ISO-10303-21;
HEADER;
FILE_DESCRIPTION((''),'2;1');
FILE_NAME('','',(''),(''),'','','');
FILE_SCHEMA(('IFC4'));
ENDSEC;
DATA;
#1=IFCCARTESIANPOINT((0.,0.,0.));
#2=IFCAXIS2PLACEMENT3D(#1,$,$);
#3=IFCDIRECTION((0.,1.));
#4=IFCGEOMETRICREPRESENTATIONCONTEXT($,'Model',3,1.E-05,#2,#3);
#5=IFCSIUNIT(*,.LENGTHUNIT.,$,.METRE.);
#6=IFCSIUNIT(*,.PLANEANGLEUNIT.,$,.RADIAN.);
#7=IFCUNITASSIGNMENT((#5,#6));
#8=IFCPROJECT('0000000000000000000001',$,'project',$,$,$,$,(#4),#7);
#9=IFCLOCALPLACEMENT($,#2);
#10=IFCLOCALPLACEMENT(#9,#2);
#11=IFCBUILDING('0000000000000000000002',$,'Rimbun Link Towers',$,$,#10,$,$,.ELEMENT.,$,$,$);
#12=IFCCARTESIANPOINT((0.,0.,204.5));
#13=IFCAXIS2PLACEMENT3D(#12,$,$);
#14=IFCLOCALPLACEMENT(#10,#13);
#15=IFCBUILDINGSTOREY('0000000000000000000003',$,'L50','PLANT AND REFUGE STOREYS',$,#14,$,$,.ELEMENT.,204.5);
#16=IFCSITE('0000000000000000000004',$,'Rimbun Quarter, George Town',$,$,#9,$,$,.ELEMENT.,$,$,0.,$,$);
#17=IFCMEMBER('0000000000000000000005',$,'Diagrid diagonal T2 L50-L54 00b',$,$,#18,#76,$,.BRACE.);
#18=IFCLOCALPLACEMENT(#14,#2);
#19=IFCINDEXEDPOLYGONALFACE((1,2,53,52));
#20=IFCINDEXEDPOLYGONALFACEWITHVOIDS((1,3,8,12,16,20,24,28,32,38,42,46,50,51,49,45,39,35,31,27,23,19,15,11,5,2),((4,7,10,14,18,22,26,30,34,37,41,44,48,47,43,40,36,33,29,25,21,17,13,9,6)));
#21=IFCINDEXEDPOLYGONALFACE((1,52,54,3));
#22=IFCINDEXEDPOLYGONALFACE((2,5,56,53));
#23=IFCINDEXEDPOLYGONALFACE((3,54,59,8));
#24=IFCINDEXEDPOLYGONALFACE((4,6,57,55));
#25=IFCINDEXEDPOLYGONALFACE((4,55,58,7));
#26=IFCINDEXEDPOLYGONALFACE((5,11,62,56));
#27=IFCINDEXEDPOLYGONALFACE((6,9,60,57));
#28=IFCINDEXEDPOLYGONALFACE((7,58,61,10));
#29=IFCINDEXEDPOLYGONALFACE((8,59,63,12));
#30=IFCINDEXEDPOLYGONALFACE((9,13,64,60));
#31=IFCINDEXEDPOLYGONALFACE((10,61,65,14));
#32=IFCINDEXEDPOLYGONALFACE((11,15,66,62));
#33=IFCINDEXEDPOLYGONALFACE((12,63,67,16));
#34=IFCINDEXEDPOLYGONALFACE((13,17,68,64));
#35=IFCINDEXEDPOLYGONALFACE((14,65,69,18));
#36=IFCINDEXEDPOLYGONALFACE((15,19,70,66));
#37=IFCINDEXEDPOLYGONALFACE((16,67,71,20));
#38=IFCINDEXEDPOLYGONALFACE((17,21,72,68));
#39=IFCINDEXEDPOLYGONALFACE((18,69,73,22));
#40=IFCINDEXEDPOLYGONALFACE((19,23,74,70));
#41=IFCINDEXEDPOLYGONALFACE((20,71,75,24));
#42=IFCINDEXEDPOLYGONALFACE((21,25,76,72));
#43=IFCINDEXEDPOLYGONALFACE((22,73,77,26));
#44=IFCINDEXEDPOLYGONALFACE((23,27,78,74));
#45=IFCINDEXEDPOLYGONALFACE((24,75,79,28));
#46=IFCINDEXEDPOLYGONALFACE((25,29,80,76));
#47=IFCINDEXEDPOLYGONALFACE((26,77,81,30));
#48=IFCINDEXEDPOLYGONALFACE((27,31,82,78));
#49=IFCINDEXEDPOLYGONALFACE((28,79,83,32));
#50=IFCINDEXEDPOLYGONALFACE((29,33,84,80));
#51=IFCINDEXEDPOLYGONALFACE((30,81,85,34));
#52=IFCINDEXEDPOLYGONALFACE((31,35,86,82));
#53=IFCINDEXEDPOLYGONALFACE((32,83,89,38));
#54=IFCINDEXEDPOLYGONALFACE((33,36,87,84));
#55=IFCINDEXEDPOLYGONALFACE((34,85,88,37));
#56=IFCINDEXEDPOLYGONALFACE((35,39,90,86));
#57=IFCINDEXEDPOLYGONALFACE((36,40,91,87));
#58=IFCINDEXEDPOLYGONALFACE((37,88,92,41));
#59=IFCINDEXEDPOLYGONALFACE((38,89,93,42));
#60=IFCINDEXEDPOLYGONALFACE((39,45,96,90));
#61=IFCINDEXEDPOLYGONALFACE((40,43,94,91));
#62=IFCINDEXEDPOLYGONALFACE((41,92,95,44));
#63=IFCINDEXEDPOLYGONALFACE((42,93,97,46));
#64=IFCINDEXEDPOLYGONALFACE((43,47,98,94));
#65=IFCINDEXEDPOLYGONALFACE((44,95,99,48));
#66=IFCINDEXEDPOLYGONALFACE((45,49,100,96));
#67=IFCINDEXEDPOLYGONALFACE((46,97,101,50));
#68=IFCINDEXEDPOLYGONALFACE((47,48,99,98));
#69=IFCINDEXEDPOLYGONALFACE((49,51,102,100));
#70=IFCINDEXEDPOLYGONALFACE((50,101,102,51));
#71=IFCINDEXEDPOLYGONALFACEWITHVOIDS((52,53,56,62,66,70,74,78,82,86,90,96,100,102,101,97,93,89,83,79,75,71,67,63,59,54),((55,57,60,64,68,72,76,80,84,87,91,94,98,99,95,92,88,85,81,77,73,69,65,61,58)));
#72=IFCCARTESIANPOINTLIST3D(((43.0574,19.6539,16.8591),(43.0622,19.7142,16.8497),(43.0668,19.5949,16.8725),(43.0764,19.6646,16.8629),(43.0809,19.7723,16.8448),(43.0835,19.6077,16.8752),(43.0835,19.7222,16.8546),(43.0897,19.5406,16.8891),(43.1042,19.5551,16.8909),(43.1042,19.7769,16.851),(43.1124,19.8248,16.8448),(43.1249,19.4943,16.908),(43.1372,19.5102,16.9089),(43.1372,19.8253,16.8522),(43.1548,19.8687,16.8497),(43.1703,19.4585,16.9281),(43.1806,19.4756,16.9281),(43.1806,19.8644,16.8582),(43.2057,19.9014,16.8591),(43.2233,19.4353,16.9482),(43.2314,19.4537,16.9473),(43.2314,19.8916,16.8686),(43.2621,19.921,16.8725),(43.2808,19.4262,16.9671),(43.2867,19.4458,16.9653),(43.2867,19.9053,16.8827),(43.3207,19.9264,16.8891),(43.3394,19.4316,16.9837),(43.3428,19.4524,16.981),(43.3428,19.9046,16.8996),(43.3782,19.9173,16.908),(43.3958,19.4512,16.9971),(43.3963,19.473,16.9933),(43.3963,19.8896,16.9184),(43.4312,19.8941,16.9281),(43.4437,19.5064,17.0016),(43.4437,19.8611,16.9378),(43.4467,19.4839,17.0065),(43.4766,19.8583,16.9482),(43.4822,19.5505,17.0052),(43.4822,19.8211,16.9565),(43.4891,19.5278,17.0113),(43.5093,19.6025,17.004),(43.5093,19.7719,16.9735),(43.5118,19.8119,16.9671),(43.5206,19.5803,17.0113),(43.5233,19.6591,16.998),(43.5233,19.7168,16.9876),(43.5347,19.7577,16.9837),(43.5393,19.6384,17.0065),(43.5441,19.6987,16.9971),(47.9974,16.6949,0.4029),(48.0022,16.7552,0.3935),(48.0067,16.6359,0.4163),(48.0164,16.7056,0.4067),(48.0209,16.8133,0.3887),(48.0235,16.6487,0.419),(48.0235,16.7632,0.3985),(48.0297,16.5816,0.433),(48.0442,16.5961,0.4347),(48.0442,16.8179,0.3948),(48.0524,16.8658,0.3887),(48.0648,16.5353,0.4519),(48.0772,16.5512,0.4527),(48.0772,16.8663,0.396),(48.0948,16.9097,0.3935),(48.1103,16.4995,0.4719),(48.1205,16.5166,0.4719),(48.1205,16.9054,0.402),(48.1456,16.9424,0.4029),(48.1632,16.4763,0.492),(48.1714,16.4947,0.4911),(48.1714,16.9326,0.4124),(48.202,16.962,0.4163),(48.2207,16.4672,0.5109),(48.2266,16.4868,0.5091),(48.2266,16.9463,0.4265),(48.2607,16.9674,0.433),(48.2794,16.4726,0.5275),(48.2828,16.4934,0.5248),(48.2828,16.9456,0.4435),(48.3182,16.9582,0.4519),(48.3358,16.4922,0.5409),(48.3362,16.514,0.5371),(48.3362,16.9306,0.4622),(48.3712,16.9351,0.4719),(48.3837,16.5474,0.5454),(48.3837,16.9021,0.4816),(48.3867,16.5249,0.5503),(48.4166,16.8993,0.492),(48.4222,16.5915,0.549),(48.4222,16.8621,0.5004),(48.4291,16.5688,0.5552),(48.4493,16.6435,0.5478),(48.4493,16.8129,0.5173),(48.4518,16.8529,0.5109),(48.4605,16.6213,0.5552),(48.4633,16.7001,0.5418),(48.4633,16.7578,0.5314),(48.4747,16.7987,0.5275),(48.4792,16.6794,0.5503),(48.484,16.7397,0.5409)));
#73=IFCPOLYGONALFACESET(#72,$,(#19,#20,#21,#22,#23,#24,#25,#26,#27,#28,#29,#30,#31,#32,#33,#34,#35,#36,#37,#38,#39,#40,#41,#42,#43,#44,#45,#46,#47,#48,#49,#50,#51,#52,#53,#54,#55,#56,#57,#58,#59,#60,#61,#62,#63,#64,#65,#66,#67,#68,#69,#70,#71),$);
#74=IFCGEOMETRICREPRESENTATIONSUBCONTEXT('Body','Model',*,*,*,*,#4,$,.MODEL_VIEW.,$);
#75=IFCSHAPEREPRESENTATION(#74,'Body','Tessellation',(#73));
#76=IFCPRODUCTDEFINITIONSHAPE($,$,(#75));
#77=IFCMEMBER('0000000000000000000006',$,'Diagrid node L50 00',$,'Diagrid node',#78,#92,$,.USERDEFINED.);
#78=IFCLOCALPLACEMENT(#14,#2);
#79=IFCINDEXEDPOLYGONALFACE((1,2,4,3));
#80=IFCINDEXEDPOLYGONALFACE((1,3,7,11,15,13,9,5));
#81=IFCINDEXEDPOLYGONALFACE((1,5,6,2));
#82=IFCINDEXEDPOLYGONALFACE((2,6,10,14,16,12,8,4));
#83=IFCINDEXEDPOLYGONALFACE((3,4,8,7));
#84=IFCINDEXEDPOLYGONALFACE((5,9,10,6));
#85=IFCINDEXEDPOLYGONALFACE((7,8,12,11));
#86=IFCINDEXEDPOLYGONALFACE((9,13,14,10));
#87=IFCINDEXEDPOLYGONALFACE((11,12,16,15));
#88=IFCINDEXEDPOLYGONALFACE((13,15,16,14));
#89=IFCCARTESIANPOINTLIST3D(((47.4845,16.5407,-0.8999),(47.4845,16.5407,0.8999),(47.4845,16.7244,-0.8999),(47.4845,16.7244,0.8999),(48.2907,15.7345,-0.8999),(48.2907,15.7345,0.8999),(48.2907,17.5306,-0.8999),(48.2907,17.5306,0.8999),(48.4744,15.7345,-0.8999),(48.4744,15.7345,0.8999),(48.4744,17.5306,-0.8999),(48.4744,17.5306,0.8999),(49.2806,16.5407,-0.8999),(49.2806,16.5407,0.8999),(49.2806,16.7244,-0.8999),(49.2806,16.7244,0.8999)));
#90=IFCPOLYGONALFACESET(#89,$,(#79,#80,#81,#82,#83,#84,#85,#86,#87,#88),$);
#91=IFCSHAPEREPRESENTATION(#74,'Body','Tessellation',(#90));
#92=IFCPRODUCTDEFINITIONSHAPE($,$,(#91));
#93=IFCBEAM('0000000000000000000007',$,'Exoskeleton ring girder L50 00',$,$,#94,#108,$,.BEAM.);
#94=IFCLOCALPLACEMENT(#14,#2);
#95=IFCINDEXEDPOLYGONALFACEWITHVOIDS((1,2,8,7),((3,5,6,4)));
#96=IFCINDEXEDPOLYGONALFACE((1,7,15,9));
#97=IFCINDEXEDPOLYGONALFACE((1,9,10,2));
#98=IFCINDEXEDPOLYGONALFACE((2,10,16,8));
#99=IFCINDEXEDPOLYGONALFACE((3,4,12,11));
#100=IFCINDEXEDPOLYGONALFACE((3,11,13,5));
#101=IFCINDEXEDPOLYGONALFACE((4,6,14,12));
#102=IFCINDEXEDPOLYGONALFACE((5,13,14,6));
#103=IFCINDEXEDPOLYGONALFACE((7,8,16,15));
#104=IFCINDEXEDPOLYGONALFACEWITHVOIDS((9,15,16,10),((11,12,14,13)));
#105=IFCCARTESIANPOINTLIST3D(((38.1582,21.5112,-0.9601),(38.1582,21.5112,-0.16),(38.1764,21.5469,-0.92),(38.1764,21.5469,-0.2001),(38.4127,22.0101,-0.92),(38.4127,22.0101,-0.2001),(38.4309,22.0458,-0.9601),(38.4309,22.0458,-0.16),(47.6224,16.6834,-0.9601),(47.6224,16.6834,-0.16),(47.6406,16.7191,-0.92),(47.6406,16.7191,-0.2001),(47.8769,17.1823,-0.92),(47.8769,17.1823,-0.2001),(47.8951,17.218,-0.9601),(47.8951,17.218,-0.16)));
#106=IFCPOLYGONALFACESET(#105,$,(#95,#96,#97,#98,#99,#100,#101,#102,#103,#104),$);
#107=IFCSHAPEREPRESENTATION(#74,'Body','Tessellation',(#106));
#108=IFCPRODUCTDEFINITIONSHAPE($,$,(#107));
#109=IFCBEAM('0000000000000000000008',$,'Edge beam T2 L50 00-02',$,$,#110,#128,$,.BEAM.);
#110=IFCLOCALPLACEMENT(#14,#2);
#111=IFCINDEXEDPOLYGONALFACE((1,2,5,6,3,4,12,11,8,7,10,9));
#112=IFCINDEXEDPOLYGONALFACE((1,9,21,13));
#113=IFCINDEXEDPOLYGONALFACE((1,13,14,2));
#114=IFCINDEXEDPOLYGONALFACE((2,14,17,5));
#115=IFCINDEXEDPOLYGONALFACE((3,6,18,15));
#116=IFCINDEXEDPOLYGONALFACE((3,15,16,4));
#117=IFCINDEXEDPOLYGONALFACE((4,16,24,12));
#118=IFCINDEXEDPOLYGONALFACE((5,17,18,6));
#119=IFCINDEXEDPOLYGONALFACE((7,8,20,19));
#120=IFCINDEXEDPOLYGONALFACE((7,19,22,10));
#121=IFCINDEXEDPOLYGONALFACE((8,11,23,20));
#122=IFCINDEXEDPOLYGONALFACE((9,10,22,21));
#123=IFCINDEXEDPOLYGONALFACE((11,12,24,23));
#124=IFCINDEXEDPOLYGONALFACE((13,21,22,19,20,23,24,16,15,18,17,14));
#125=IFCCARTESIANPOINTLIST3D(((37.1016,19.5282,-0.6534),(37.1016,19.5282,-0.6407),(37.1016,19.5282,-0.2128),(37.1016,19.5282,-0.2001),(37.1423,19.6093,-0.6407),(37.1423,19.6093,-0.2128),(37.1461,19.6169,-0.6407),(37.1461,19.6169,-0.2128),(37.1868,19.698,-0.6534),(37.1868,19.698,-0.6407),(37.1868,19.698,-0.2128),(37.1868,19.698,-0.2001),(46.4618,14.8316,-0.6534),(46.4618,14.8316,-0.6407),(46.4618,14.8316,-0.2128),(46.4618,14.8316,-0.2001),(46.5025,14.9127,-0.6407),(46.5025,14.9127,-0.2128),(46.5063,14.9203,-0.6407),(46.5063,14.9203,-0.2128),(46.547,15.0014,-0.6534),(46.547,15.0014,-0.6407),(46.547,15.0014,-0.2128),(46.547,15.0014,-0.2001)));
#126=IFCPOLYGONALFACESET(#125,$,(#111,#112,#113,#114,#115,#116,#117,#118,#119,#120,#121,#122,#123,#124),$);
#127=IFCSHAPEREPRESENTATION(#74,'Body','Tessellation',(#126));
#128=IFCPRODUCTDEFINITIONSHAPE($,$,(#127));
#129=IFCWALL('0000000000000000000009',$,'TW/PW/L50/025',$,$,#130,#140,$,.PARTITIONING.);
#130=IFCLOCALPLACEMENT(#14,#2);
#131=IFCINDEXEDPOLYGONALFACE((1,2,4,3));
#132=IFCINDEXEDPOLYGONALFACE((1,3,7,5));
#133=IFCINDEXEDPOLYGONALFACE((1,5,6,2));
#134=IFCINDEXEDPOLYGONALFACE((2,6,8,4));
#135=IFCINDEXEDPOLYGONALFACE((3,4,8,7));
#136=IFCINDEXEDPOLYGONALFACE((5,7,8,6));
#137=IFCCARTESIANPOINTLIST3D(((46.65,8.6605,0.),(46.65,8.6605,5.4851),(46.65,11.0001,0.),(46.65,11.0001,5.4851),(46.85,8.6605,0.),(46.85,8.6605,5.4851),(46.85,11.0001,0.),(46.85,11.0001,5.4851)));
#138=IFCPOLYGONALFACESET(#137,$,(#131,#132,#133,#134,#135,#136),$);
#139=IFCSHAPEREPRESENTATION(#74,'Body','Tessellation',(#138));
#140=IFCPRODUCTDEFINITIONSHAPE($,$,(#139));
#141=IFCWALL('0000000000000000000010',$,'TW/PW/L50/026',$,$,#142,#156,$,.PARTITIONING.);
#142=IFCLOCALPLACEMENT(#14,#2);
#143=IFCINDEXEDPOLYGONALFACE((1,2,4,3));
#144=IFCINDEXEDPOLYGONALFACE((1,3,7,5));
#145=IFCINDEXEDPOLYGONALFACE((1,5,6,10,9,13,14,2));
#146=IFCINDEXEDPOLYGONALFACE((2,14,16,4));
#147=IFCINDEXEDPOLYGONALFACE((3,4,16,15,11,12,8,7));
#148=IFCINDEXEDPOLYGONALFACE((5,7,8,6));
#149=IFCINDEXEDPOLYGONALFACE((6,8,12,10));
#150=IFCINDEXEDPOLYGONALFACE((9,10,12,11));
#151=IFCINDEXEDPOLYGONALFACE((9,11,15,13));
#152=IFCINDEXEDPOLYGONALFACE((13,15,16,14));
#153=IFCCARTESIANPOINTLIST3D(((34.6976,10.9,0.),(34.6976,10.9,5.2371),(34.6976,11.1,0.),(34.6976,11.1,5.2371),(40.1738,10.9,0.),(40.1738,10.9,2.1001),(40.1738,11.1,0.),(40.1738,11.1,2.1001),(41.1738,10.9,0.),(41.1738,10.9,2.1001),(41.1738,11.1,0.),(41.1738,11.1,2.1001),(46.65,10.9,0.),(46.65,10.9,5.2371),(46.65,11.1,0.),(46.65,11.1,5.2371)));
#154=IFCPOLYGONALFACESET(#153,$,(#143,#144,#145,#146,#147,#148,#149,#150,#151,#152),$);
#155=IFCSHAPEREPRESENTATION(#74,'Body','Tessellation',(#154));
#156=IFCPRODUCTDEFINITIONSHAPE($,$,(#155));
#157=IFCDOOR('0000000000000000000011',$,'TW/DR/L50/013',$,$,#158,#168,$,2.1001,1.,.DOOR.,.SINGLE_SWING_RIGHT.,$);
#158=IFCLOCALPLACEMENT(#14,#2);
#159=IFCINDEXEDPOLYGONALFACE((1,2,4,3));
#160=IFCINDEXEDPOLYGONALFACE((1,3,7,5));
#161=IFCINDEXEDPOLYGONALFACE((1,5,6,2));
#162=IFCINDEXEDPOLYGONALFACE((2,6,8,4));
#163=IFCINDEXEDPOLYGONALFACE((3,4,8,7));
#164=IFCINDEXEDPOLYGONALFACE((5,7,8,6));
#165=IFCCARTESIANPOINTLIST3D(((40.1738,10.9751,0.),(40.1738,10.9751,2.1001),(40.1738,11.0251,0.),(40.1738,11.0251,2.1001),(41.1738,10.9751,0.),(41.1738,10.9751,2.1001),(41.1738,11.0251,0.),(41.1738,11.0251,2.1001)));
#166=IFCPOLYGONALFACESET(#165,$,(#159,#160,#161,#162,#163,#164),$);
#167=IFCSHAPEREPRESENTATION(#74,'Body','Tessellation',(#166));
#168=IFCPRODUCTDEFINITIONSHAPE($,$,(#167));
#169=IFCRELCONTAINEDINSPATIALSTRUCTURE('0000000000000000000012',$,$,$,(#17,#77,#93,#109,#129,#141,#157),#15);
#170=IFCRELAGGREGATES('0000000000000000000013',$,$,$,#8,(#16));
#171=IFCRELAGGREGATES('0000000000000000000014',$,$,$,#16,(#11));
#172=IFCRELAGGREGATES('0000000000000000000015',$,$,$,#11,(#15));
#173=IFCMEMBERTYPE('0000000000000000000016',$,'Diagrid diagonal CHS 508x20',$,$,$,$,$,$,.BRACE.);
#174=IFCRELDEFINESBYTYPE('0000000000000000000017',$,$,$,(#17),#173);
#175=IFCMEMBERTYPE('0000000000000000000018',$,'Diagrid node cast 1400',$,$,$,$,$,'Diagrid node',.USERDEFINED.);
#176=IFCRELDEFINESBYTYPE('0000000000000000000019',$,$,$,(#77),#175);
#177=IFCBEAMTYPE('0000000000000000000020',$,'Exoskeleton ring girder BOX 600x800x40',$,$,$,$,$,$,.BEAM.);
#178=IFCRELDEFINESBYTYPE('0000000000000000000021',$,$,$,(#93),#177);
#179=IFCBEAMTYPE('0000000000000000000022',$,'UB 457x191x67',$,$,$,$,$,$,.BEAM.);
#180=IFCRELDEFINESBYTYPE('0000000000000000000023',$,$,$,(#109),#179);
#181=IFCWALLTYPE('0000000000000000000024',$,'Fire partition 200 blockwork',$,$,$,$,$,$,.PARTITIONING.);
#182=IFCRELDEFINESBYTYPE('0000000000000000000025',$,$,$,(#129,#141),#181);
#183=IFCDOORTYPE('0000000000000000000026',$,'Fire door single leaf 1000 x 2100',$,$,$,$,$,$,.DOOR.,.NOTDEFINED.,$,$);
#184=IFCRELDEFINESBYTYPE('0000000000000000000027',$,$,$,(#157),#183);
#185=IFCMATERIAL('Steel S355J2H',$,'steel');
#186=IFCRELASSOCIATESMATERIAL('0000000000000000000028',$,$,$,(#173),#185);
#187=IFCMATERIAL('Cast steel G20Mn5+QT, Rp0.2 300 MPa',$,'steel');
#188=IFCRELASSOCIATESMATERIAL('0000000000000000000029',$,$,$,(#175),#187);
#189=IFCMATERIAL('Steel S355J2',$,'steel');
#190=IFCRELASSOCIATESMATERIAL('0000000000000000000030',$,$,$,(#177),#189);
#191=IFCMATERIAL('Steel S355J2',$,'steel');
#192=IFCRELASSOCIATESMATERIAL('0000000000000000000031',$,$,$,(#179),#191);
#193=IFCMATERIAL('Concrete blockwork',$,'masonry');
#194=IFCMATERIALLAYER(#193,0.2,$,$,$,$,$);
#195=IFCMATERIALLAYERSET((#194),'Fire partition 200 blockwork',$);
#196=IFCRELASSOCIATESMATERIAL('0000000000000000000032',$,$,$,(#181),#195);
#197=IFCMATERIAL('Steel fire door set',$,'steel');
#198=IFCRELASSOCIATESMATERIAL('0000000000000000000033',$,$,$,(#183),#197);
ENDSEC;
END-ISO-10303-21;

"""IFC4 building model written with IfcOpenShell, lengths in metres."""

from ifc_helpers import new_model, si_unit, direction, frame, frame_2d, origin, origin_2d, place, context, subcontext, project, spatial, polyline, rectangle, hollow_rectangle, hollow_circle, i_section, outline, extrude, material, layer, layer_set, material_profile, profile_set, type_object, element, fill, save


model = new_model("IFC4")

# Units and contexts
model_context = context("Model", 3, precision=1e-05, world=origin(), true_north=direction((0.0, 1.0)))
body_context = subcontext(model_context, "Body", "Model", "MODEL_VIEW")
ifc_project = project(units=[si_unit("LENGTHUNIT", "METRE"), si_unit("PLANEANGLEUNIT", "RADIAN")], contexts=[model_context])

# Site, building, storey
site_placement = place(None, origin())
site = spatial("IfcSite", under=ifc_project, at=site_placement, Name="Rimbun Quarter, George Town", CompositionType="ELEMENT", RefElevation=0.0)
building_placement = place(site_placement, origin())
building = spatial("IfcBuilding", under=site, at=building_placement, Name="Rimbun Link Towers", CompositionType="ELEMENT")
storey_placement = place(building_placement, frame((0.0, 0.0, 204.5)))
storey = spatial("IfcBuildingStorey", under=building, at=storey_placement, Name="L50", Description="PLANT AND REFUGE STOREYS", CompositionType="ELEMENT", Elevation=204.5)

# Members
ifc_material_1 = material(Name="Steel S355J2H", Category="steel")
ifc_material_profile_1 = material_profile(ifc_material_1, hollow_circle(Radius=0.2539, WallThickness=0.02, at=origin_2d()), Name="Diagrid diagonal CHS 508x20")
ifc_profile_set_1 = profile_set([ifc_material_profile_1], Name="Steel S355J2H")
member_type_1 = type_object("IfcMemberType", Name="Diagrid diagonal CHS 508x20", PredefinedType="BRACE", material=ifc_profile_set_1)
for number, where, z_axis, x_axis, name in (
    (1, (48.2407, 16.7173, 0.4719), (-0.283344, 0.16972, 0.943881), (-0.51386, -0.857874, 0.0), "Diagrid diagonal T2 L50-L54 00b"),
):
    element("IfcMember", number, at=place(storey_placement, frame(where, z_axis=z_axis, x_axis=x_axis)), inside=storey, type_object=member_type_1, Name=name, PredefinedType="BRACE", context=body_context, shape_type="SweptSolid", body=[
        extrude(hollow_circle(Radius=0.2539, WallThickness=0.02, at=origin_2d()), origin(), (0.0, 0.0, 1.0), 17.4346),
    ])
ifc_material_2 = material(Name="Cast steel G20Mn5+QT, Rp0.2 300 MPa", Category="steel")
ifc_material_profile_2 = material_profile(ifc_material_2, outline(polyline([(0.7, -0.5701), (0.7, 0.5701), (0.5701, 0.7), (-0.5701, 0.7), (-0.7, 0.5701), (-0.7, -0.5701), (-0.5701, -0.7), (0.5701, -0.7), (0.7, -0.5701)])), Name="NODE 1400x1400")
ifc_profile_set_2 = profile_set([ifc_material_profile_2], Name="Cast steel G20Mn5+QT, Rp0.2 300 MPa")
member_type_2 = type_object("IfcMemberType", Name="Diagrid node cast 1400", ElementType="Diagrid node", PredefinedType="USERDEFINED", material=ifc_profile_set_2)
member_1_placement = place(storey_placement, frame((48.3826, 16.6326, -0.8999), z_axis=(0.0, 0.0, 1.0), x_axis=(0.707107, 0.707107, 0.0)))
element("IfcMember", 2, at=member_1_placement, inside=storey, type_object=member_type_2, Name="Diagrid node L50 00", ObjectType="Diagrid node", PredefinedType="USERDEFINED", context=body_context, shape_type="SweptSolid", body=[
    extrude(outline(polyline([(0.7, -0.5701), (0.7, 0.5701), (0.5701, 0.7), (-0.5701, 0.7), (-0.7, 0.5701), (-0.7, -0.5701), (-0.5701, -0.7), (0.5701, -0.7), (0.7, -0.5701)])), origin(), (0.0, 0.0, 1.0), 1.7998),
])

# Beams
ifc_material_3 = material(Name="Steel S355J2", Category="steel")
ifc_material_profile_3 = material_profile(ifc_material_3, hollow_rectangle(XDim=0.6001, YDim=0.8, WallThickness=0.04, at=origin_2d()), Name="Exoskeleton ring girder BOX 600x800x40")
ifc_profile_set_3 = profile_set([ifc_material_profile_3], Name="Steel S355J2")
beam_type_1 = type_object("IfcBeamType", Name="Exoskeleton ring girder BOX 600x800x40", PredefinedType="BEAM", material=ifc_profile_set_3)
beam_1_placement = place(storey_placement, frame((47.7588, 16.9507, -0.5601), z_axis=(-0.890795, 0.454405, 0.0), x_axis=(-0.454405, -0.890795, 0.0)))
element("IfcBeam", 3, at=beam_1_placement, inside=storey, type_object=beam_type_1, Name="Exoskeleton ring girder L50 00", PredefinedType="BEAM", context=body_context, shape_type="SweptSolid", body=[
    extrude(hollow_rectangle(XDim=0.6001, YDim=0.8, WallThickness=0.04, at=origin_2d()), origin(), (0.0, 0.0, 1.0), 10.6245),
])
ifc_material_4 = material(Name="Steel S355J2", Category="steel")
ifc_material_profile_4 = material_profile(ifc_material_4, i_section(OverallWidth=0.1899, OverallDepth=0.4534, WebThickness=0.0085, FlangeThickness=0.0127, at=origin_2d()), Name="UB 457x191x67")
ifc_profile_set_4 = profile_set([ifc_material_profile_4], Name="Steel S355J2")
beam_type_2 = type_object("IfcBeamType", Name="UB 457x191x67", PredefinedType="BEAM", material=ifc_profile_set_4)
beam_2_placement = place(storey_placement, frame((46.5044, 14.9165, -0.4268), z_axis=(-0.893797, 0.448472, 0.0), x_axis=(-0.448472, -0.893797, 0.0)))
element("IfcBeam", 4, at=beam_2_placement, inside=storey, type_object=beam_type_2, Name="Edge beam T2 L50 00-02", PredefinedType="BEAM", context=body_context, shape_type="SweptSolid", body=[
    extrude(i_section(OverallWidth=0.1899, OverallDepth=0.4534, WebThickness=0.0085, FlangeThickness=0.0127, at=origin_2d()), origin(), (0.0, 0.0, 1.0), 10.4724),
])

# Wall
ifc_material_5 = material(Name="Concrete blockwork", Category="masonry")
ifc_layer = layer(ifc_material_5, 0.2)
ifc_layer_set = layer_set([ifc_layer], Name="Fire partition 200 blockwork")
wall_type = type_object("IfcWallType", Name="Fire partition 200 blockwork", PredefinedType="PARTITIONING", material=ifc_layer_set)
wall_1_placement = place(storey_placement, frame((46.75, 8.6604, 0.0), z_axis=(0.0, 0.0, 1.0), x_axis=(0.0, 1.0, 0.0)))
element("IfcWall", 5, at=wall_1_placement, inside=storey, type_object=wall_type, Name="TW/PW/L50/025", PredefinedType="PARTITIONING", context=body_context, shape_type="SweptSolid", body=[
    extrude(rectangle(XDim=2.3396, YDim=0.2, at=frame_2d((1.1699, 0.0))), origin(), (0.0, 0.0, 1.0), 5.4851),
])

# Wall, opening, door
wall_2_placement = place(storey_placement, frame((46.6499, 11.0, 0.0), z_axis=(0.0, 0.0, 1.0), x_axis=(-1.0, 0.0, 0.0)))
wall_2 = element("IfcWall", 6, at=wall_2_placement, inside=storey, type_object=wall_type, Name="TW/PW/L50/026", PredefinedType="PARTITIONING", context=body_context, shape_type="SweptSolid", body=[
    extrude(rectangle(XDim=11.9524, YDim=0.2, at=frame_2d((5.9761, 0.0))), origin(), (0.0, 0.0, 1.0), 5.2371),
])
opening_placement = place(wall_2_placement, frame((5.4761, 0.0, 0.0)))
opening = element("IfcOpeningElement", 7, at=opening_placement, cuts=wall_2, PredefinedType="OPENING", context=body_context, shape_type="SweptSolid", body=[
    extrude(rectangle(XDim=1.0, YDim=2.1001, at=frame_2d((0.5, 1.05))), frame((0.0, 0.1099, 0.0), z_axis=(0.0, -1.0, 0.0), x_axis=(1.0, 0.0, 0.0)), (0.0, 0.0, 1.0), 0.22),
])
ifc_material_6 = material(Name="Steel fire door set", Category="steel")
door_type = type_object("IfcDoorType", Name="Fire door single leaf 1000 x 2100", OperationType="NOTDEFINED", PredefinedType="DOOR", material=ifc_material_6)
door_placement = place(opening_placement, origin())
door = element("IfcDoor", 8, at=door_placement, inside=storey, type_object=door_type, Name="TW/DR/L50/013", OperationType="SINGLE_SWING_RIGHT", OverallHeight=2.1001, OverallWidth=1.0, PredefinedType="DOOR", context=body_context, shape_type="SweptSolid", body=[
    extrude(rectangle(XDim=1.0, YDim=2.1001, at=frame_2d((0.5, 1.05))), frame((0.0, 0.0249, 0.0), z_axis=(0.0, -1.0, 0.0), x_axis=(1.0, 0.0, 0.0)), (0.0, 0.0, 1.0), 0.05),
])
fill(opening, door)

save(model, "model.ifc")
